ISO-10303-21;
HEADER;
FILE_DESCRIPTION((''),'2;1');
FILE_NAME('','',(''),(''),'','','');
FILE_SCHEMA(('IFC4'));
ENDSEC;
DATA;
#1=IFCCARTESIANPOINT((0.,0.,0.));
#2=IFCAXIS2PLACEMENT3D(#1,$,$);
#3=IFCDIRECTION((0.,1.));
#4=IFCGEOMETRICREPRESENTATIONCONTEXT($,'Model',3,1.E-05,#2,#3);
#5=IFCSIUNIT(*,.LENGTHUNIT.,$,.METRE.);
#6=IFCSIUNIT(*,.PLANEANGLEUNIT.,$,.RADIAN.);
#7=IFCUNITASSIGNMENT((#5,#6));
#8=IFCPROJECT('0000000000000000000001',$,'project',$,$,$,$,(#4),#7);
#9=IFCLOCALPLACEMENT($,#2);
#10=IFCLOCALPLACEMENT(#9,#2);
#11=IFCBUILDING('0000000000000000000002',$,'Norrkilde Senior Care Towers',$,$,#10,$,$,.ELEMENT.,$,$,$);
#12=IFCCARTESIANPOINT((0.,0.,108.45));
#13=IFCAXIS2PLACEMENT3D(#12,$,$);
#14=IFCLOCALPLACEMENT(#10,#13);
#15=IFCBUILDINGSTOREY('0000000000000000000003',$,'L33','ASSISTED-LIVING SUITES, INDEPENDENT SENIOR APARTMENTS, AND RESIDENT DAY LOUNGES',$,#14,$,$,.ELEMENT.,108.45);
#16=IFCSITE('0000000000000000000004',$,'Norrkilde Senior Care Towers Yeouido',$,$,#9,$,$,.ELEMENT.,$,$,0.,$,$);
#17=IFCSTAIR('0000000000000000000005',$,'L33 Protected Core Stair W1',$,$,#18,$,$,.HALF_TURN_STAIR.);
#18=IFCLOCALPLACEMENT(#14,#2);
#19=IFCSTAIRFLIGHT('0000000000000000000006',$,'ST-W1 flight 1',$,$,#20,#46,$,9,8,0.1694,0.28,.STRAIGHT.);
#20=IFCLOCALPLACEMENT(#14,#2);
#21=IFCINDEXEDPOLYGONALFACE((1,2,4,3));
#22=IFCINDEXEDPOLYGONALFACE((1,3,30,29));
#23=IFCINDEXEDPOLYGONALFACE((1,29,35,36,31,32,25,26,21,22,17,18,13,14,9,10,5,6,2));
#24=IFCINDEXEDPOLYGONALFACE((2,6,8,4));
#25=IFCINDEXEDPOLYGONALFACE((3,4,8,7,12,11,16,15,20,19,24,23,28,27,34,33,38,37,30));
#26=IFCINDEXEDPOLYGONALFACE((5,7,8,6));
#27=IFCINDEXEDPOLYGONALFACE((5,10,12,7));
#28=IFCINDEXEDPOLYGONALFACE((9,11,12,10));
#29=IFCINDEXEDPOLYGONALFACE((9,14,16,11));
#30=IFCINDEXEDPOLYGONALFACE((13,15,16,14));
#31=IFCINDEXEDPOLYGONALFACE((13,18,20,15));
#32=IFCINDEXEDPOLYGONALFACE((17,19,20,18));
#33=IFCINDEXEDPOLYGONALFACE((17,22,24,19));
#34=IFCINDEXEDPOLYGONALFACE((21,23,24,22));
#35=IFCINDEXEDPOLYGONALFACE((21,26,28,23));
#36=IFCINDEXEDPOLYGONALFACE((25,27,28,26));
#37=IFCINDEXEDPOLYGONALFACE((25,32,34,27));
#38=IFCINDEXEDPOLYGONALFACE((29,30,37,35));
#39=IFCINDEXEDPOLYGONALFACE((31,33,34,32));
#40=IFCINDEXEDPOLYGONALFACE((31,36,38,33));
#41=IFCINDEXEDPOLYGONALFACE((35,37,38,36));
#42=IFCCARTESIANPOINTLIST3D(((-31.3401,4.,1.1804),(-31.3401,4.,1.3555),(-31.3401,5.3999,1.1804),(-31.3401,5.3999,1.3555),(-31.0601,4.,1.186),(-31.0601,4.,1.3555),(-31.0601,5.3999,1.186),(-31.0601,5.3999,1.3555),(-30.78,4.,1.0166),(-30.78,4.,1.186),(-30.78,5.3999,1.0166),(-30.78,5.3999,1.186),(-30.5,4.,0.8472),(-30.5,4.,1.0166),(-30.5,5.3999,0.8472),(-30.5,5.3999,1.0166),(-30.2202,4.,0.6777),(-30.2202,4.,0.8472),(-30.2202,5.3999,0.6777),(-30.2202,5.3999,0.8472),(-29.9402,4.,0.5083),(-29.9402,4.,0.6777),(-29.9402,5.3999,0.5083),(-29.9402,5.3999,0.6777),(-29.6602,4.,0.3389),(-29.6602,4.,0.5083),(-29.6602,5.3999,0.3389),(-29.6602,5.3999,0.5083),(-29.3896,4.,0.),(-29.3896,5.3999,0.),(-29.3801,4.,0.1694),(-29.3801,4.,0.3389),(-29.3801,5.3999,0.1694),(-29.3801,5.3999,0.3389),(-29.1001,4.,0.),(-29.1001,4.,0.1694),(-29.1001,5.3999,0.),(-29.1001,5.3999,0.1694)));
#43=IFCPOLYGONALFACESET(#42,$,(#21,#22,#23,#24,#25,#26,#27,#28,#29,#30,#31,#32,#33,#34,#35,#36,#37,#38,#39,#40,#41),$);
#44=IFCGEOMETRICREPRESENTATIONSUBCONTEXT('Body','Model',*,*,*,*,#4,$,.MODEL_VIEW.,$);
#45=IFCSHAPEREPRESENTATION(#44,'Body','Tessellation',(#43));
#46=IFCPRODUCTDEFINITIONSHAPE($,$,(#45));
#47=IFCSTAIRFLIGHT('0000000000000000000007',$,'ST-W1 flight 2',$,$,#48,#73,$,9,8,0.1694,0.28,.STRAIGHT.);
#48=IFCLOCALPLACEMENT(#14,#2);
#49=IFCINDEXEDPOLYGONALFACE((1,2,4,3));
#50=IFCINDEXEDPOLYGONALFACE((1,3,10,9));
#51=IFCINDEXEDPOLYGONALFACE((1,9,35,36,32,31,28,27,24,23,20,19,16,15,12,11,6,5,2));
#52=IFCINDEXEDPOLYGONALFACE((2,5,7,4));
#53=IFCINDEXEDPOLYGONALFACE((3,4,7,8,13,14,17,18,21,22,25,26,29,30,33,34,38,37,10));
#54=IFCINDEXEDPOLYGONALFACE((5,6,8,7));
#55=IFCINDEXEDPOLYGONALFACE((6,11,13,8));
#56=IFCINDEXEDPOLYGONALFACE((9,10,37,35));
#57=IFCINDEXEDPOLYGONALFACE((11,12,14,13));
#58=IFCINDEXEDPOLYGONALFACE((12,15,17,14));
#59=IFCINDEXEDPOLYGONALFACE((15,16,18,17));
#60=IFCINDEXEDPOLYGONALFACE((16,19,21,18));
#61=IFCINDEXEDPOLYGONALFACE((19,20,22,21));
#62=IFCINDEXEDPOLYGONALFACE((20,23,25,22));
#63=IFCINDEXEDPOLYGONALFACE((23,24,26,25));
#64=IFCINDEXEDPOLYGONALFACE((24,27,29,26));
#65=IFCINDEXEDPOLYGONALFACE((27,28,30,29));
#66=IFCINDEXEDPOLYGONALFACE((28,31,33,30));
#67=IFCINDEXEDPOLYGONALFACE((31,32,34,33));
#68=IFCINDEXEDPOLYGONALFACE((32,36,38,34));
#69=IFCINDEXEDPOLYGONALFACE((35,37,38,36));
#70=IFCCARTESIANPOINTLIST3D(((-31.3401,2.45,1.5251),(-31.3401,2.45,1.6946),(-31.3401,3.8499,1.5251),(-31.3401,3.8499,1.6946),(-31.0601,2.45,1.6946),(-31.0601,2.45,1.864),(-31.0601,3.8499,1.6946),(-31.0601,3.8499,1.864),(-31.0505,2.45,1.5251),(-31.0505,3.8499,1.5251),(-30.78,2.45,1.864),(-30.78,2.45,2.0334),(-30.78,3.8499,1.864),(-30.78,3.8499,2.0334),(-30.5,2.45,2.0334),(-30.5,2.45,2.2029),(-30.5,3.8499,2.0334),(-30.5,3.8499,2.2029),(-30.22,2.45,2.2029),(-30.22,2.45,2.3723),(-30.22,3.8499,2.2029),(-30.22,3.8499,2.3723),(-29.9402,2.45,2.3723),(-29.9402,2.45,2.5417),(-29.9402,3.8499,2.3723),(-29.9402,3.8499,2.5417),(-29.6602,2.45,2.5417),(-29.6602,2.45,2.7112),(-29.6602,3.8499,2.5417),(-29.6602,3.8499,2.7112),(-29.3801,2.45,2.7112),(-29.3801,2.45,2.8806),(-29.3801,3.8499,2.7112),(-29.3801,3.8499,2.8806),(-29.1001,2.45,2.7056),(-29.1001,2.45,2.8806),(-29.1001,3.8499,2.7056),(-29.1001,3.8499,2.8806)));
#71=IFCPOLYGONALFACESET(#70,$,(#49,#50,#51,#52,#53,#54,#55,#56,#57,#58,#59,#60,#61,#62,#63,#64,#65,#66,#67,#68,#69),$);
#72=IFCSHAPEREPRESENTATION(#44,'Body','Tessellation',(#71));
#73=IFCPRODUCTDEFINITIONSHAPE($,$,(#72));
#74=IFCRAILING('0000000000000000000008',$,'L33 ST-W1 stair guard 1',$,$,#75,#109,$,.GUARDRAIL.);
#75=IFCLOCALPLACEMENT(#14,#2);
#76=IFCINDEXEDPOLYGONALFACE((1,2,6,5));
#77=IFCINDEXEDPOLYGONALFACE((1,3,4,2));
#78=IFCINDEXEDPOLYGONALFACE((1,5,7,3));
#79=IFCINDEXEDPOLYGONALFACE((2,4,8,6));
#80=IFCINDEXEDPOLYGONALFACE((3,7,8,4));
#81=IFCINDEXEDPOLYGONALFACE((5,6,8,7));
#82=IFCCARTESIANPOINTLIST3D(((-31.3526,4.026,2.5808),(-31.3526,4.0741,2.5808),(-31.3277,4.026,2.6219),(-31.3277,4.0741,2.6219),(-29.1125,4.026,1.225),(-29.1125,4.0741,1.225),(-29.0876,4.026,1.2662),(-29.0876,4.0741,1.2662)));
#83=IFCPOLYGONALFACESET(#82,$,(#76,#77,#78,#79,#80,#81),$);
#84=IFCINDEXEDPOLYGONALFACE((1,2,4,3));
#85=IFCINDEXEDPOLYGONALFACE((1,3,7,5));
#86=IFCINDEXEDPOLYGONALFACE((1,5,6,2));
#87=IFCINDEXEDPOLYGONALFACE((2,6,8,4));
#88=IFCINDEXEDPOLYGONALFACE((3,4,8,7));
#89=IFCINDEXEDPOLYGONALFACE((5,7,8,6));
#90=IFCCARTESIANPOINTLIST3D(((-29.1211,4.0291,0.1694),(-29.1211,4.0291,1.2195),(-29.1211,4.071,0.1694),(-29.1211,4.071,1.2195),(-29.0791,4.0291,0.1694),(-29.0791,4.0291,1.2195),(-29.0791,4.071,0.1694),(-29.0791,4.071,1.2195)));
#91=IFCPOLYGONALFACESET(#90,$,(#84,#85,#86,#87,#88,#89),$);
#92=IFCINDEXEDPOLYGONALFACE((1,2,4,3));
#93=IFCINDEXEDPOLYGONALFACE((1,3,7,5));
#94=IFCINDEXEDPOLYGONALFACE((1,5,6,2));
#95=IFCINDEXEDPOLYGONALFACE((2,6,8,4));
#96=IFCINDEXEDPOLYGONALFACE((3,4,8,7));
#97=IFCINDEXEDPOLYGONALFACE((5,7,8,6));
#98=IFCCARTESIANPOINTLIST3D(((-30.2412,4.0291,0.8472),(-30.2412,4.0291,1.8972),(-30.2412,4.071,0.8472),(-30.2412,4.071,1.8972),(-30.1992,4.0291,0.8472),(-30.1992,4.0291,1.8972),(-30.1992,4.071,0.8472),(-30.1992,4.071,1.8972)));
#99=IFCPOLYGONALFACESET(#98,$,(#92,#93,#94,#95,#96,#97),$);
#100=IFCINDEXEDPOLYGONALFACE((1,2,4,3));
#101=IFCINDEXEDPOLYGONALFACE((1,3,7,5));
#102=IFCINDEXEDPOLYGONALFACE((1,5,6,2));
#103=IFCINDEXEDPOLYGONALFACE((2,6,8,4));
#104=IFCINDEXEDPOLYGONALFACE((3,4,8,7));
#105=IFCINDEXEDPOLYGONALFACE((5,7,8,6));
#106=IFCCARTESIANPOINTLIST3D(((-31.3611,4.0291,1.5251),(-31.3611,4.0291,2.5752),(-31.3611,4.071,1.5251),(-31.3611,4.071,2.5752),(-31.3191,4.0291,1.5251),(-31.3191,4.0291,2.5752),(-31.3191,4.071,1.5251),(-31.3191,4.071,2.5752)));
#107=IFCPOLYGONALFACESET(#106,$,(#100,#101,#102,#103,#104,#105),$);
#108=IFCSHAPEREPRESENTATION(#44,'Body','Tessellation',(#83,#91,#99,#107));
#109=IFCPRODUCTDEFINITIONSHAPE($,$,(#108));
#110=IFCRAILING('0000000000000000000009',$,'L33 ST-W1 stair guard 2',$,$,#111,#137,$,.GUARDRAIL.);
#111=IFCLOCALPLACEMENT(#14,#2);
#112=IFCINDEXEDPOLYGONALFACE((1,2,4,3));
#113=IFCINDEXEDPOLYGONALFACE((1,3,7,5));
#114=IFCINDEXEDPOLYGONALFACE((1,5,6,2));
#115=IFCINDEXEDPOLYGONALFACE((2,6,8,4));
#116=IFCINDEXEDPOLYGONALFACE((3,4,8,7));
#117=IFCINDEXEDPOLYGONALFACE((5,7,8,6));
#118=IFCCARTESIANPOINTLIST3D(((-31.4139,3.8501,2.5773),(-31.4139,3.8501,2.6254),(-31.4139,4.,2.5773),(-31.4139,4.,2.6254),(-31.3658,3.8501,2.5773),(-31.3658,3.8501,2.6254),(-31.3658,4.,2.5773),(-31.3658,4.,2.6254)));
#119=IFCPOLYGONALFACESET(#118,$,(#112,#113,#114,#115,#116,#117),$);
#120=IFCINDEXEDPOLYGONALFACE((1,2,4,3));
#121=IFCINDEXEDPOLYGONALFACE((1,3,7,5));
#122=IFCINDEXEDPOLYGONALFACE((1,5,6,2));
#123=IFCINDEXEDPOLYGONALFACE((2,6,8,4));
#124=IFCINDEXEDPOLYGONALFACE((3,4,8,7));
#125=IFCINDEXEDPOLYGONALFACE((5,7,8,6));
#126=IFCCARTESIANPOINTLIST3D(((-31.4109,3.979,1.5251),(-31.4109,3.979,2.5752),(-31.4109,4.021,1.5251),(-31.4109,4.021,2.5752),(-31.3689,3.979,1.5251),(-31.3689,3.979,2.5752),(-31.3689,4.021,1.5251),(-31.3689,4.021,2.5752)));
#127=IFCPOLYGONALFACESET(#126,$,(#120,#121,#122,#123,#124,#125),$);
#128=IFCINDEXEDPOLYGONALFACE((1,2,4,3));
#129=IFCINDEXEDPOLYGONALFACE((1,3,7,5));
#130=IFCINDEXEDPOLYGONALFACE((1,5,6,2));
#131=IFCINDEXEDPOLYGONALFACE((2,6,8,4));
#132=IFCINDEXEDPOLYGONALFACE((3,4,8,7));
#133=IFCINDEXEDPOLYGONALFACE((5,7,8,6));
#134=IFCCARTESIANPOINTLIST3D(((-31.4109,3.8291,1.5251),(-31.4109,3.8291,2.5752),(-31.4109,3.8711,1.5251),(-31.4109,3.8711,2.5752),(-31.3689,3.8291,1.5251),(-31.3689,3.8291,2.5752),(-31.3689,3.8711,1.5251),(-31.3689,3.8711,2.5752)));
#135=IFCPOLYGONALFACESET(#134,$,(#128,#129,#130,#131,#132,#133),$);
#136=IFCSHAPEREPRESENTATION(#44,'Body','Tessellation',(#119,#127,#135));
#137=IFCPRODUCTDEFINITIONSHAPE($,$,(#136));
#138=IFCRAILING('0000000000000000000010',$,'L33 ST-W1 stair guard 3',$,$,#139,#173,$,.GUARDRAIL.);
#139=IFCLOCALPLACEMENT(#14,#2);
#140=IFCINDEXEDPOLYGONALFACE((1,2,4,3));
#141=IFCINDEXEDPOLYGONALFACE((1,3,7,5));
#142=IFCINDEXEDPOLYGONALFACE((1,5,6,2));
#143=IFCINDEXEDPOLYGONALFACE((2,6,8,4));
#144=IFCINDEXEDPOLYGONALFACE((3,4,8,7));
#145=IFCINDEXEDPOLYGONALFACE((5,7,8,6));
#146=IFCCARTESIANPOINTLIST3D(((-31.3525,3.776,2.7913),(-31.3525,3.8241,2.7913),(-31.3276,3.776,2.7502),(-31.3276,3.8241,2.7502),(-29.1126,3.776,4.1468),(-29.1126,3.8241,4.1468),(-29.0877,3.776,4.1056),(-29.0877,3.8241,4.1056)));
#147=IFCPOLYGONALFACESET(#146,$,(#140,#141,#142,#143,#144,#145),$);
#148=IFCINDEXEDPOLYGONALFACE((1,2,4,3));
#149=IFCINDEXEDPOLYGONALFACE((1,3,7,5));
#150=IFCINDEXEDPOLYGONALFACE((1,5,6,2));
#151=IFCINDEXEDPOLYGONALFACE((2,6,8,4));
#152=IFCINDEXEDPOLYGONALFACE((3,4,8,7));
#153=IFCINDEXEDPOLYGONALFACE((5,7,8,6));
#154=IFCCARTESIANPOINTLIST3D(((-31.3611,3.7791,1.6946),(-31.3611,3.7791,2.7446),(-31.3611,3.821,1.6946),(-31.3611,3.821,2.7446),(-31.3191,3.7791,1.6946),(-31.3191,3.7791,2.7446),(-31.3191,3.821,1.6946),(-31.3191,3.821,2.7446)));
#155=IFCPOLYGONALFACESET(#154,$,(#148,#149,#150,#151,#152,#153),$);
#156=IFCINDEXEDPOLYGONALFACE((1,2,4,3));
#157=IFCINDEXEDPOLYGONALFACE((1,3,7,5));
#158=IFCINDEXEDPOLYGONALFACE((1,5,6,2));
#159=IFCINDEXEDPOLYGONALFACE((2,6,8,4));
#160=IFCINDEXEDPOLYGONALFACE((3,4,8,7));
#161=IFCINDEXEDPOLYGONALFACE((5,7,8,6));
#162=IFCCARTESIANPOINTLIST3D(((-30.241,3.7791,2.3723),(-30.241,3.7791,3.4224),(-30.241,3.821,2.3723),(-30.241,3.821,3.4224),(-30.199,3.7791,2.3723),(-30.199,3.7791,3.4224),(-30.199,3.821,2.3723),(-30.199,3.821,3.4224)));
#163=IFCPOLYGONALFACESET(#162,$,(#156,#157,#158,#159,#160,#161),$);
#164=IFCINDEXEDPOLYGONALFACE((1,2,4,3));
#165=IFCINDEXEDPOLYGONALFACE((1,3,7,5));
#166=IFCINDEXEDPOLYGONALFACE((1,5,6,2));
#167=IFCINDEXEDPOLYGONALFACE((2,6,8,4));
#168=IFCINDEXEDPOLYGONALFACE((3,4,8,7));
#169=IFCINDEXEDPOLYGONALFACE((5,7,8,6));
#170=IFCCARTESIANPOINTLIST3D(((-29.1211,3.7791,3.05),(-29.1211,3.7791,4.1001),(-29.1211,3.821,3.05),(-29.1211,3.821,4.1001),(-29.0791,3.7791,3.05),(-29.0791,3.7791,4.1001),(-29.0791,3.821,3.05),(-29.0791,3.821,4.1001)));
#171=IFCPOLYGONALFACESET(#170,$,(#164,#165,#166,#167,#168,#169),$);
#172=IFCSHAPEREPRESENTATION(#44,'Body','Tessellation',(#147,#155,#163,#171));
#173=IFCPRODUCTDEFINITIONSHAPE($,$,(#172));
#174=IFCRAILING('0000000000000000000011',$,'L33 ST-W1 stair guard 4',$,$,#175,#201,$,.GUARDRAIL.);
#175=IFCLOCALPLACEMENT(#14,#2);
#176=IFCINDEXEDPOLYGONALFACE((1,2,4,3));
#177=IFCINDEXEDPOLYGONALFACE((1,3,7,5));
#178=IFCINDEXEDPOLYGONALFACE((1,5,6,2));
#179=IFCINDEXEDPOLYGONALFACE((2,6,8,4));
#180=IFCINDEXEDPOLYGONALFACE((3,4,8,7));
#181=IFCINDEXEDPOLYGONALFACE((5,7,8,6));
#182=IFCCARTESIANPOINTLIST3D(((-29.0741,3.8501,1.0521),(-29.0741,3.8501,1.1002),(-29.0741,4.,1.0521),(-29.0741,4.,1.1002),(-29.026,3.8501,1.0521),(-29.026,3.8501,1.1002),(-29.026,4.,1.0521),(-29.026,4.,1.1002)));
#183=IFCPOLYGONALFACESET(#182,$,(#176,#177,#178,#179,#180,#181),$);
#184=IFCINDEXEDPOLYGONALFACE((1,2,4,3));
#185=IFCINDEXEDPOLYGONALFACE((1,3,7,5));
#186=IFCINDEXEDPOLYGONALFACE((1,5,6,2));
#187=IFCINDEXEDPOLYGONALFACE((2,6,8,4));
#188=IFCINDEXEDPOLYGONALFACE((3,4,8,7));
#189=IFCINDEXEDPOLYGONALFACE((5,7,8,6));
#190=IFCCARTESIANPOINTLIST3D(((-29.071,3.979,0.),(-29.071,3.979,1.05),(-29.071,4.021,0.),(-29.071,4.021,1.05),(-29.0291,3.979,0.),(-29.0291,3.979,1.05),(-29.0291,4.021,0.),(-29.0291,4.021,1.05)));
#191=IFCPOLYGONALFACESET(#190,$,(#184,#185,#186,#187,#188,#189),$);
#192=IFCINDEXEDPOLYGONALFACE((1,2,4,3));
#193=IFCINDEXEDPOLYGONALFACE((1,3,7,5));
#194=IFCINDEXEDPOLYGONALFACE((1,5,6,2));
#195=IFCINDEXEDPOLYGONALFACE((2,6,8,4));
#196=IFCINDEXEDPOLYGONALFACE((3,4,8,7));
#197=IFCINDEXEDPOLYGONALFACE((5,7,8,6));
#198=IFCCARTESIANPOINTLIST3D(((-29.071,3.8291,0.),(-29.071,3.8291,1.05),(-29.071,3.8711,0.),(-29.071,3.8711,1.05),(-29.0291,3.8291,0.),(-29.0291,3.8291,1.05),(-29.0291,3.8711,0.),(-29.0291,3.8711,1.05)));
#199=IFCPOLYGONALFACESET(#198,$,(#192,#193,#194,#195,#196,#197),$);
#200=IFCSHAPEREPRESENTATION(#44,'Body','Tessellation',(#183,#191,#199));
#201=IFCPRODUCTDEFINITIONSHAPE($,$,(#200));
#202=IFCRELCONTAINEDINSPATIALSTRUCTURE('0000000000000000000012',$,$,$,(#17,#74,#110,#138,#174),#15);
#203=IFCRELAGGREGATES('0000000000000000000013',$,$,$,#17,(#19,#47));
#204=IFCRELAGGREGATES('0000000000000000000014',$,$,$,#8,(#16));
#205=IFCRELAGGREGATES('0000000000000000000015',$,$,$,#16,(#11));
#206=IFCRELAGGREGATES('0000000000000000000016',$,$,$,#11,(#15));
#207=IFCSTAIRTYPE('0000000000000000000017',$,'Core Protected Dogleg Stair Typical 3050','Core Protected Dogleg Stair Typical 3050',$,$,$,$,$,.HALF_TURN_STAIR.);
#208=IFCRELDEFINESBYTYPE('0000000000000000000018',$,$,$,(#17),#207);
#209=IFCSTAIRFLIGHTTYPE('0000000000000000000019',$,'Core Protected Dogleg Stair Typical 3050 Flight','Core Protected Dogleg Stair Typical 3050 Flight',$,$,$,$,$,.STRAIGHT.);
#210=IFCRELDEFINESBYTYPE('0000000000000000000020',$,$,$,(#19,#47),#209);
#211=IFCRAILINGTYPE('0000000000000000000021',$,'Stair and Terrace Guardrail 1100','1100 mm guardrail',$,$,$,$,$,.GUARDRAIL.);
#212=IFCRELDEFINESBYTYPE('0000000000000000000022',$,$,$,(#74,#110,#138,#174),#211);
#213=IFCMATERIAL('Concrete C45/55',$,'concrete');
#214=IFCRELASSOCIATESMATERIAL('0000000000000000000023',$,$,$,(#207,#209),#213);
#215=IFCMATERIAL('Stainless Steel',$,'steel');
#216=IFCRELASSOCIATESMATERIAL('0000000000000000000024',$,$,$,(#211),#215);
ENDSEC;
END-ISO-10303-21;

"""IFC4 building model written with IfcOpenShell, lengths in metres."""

from ifc_helpers import new_model, si_unit, direction, frame, origin, origin_2d, place, context, subcontext, project, spatial, polyline, rectangle, outline, extrude, material, type_object, element, aggregate, save


model = new_model("IFC4")

# Units and contexts
model_context = context("Model", 3, precision=1e-05, world=origin(), true_north=direction((0.0, 1.0)))
body_context = subcontext(model_context, "Body", "Model", "MODEL_VIEW")
ifc_project = project(units=[si_unit("LENGTHUNIT", "METRE"), si_unit("PLANEANGLEUNIT", "RADIAN")], contexts=[model_context])

# Site, building, storey
site_placement = place(None, origin())
site = spatial("IfcSite", under=ifc_project, at=site_placement, Name="Norrkilde Senior Care Towers Yeouido", CompositionType="ELEMENT", RefElevation=0.0)
building_placement = place(site_placement, origin())
building = spatial("IfcBuilding", under=site, at=building_placement, Name="Norrkilde Senior Care Towers", CompositionType="ELEMENT")
storey_placement = place(building_placement, frame((0.0, 0.0, 108.45)))
storey = spatial("IfcBuildingStorey", under=building, at=storey_placement, Name="L33", Description="ASSISTED-LIVING SUITES, INDEPENDENT SENIOR APARTMENTS, AND RESIDENT DAY LOUNGES", CompositionType="ELEMENT", Elevation=108.45)

# Shared definitions
ifc_material_1 = material(Name="Concrete C45/55", Category="concrete")

# Stair, stair flights
stair_type = type_object("IfcStairType", Name="Core Protected Dogleg Stair Typical 3050", Description="Core Protected Dogleg Stair Typical 3050", PredefinedType="HALF_TURN_STAIR", material=ifc_material_1)
stair_placement = place(storey_placement, origin())
stair = element("IfcStair", 1, at=stair_placement, inside=storey, type_object=stair_type, Name="L33 Protected Core Stair W1", PredefinedType="HALF_TURN_STAIR")
stair_flight_type = type_object("IfcStairFlightType", Name="Core Protected Dogleg Stair Typical 3050 Flight", Description="Core Protected Dogleg Stair Typical 3050 Flight", PredefinedType="STRAIGHT", material=ifc_material_1)
stair_flight_1_placement = place(storey_placement, frame((-29.1001, 4.7, 0.0), z_axis=(0.0, 0.0, 1.0), x_axis=(-1.0, 0.0, 0.0)))
stair_flight_1 = element("IfcStairFlight", 2, at=stair_flight_1_placement, type_object=stair_flight_type, Name="ST-W1 flight 1", NumberOfRisers=9, NumberOfTreads=8, PredefinedType="STRAIGHT", RiserHeight=0.1694, TreadLength=0.28, context=body_context, shape_type="SweptSolid", body=[
    extrude(outline(polyline([(0.0, 0.0), (0.0, 0.1694), (0.28, 0.1694), (0.28, 0.3389), (0.5601, 0.3389), (0.5601, 0.5083), (0.8401, 0.5083), (0.8401, 0.6777), (1.1201, 0.6777), (1.1201, 0.8472), (1.3999, 0.8472), (1.3999, 1.0166), (1.6799, 1.0166), (1.6799, 1.186), (1.96, 1.186), (1.96, 1.3555), (2.24, 1.3555), (2.24, 1.5249), (2.24, 1.1804), (0.2896, 0.0), (0.0, 0.0)])), frame((0.0, 0.7, 0.0), z_axis=(0.0, -1.0, 0.0), x_axis=(1.0, 0.0, 0.0)), (0.0, 0.0, 1.0), 1.3999),
])
stair_flight_2_placement = place(storey_placement, frame((-31.3401, 3.1499, 1.5251), z_axis=(0.0, 0.0, 1.0), x_axis=(1.0, 0.0, 0.0)))
stair_flight_2 = element("IfcStairFlight", 3, at=stair_flight_2_placement, type_object=stair_flight_type, Name="ST-W1 flight 2", NumberOfRisers=9, NumberOfTreads=8, PredefinedType="STRAIGHT", RiserHeight=0.1694, TreadLength=0.28, context=body_context, shape_type="SweptSolid", body=[
    extrude(outline(polyline([(0.0, 0.0), (0.0, 0.1694), (0.28, 0.1694), (0.28, 0.3389), (0.5601, 0.3389), (0.5601, 0.5083), (0.8401, 0.5083), (0.8401, 0.6777), (1.1201, 0.6777), (1.1201, 0.8472), (1.3999, 0.8472), (1.3999, 1.0166), (1.6799, 1.0166), (1.6799, 1.186), (1.96, 1.186), (1.96, 1.3555), (2.24, 1.3555), (2.24, 1.5249), (2.24, 1.1804), (0.2896, 0.0), (0.0, 0.0)])), frame((0.0, 0.7, 0.0), z_axis=(0.0, -1.0, 0.0), x_axis=(1.0, 0.0, 0.0)), (0.0, 0.0, 1.0), 1.3999),
])
aggregate(stair, [stair_flight_1, stair_flight_2])

# Railings
ifc_material_2 = material(Name="Stainless Steel", Category="steel")
railing_type_1 = type_object("IfcRailingType", Name="Stair and Terrace Guardrail 1100", Description="1100 mm guardrail", PredefinedType="GUARDRAIL", material=ifc_material_2)
railing_1_placement = place(storey_placement, frame((-29.1001, 4.05, 0.1694)))
element("IfcRailing", 4, at=railing_1_placement, inside=storey, type_object=railing_type_1, Name="L33 ST-W1 stair guard 1", PredefinedType="GUARDRAIL", context=body_context, shape_type="SweptSolid", body=[
    extrude(rectangle(XDim=0.0481, YDim=0.0481, at=origin_2d()), frame((0.0, 0.0, 1.0762), z_axis=(-0.855512, 0.0, 0.517783), x_axis=(0.0, -1.0, 0.0)), (0.0, 0.0, 1.0), 2.6184),
    extrude(rectangle(XDim=0.042, YDim=0.042, at=origin_2d()), origin(), (0.0, 0.0, 1.0), 1.05),
    extrude(rectangle(XDim=0.042, YDim=0.042, at=origin_2d()), frame((-1.1201, 0.0, 0.6777)), (0.0, 0.0, 1.0), 1.05),
    extrude(rectangle(XDim=0.042, YDim=0.042, at=origin_2d()), frame((-2.24, 0.0, 1.3557)), (0.0, 0.0, 1.0), 1.05),
])
railing_2_placement = place(storey_placement, frame((-31.3899, 4.0, 1.5251)))
element("IfcRailing", 5, at=railing_2_placement, inside=storey, type_object=railing_type_1, Name="L33 ST-W1 stair guard 2", PredefinedType="GUARDRAIL", context=body_context, shape_type="SweptSolid", body=[
    extrude(rectangle(XDim=0.0481, YDim=0.0481, at=origin_2d()), frame((0.0, 0.0, 1.0762), z_axis=(0.0, -1.0, 0.0), x_axis=(1.0, 0.0, 0.0)), (0.0, 0.0, 1.0), 0.1499),
    extrude(rectangle(XDim=0.042, YDim=0.042, at=origin_2d()), origin(), (0.0, 0.0, 1.0), 1.05),
    extrude(rectangle(XDim=0.042, YDim=0.042, at=origin_2d()), frame((0.0, -0.1499, 0.0)), (0.0, 0.0, 1.0), 1.05),
])
railing_3_placement = place(storey_placement, frame((-31.3401, 3.8, 1.6946)))
element("IfcRailing", 6, at=railing_3_placement, inside=storey, type_object=railing_type_1, Name="L33 ST-W1 stair guard 3", PredefinedType="GUARDRAIL", context=body_context, shape_type="SweptSolid", body=[
    extrude(rectangle(XDim=0.0481, YDim=0.0481, at=origin_2d()), frame((0.0, 0.0, 1.0762), z_axis=(0.855553, 0.0, 0.517715), x_axis=(0.0, 1.0, 0.0)), (0.0, 0.0, 1.0), 2.6182),
    extrude(rectangle(XDim=0.042, YDim=0.042, at=origin_2d()), origin(), (0.0, 0.0, 1.0), 1.05),
    extrude(rectangle(XDim=0.042, YDim=0.042, at=origin_2d()), frame((1.1201, 0.0, 0.6777)), (0.0, 0.0, 1.0), 1.05),
    extrude(rectangle(XDim=0.042, YDim=0.042, at=origin_2d()), frame((2.24, 0.0, 1.3555)), (0.0, 0.0, 1.0), 1.05),
])
railing_4_placement = place(storey_placement, frame((-29.05, 4.0, 0.0)))
element("IfcRailing", 7, at=railing_4_placement, inside=storey, type_object=railing_type_1, Name="L33 ST-W1 stair guard 4", PredefinedType="GUARDRAIL", context=body_context, shape_type="SweptSolid", body=[
    extrude(rectangle(XDim=0.0481, YDim=0.0481, at=origin_2d()), frame((0.0, 0.0, 1.0762), z_axis=(0.0, -1.0, 0.0), x_axis=(1.0, 0.0, 0.0)), (0.0, 0.0, 1.0), 0.1499),
    extrude(rectangle(XDim=0.042, YDim=0.042, at=origin_2d()), origin(), (0.0, 0.0, 1.0), 1.05),
    extrude(rectangle(XDim=0.042, YDim=0.042, at=origin_2d()), frame((0.0, -0.1499, 0.0)), (0.0, 0.0, 1.0), 1.05),
])

save(model, "model.ifc")
